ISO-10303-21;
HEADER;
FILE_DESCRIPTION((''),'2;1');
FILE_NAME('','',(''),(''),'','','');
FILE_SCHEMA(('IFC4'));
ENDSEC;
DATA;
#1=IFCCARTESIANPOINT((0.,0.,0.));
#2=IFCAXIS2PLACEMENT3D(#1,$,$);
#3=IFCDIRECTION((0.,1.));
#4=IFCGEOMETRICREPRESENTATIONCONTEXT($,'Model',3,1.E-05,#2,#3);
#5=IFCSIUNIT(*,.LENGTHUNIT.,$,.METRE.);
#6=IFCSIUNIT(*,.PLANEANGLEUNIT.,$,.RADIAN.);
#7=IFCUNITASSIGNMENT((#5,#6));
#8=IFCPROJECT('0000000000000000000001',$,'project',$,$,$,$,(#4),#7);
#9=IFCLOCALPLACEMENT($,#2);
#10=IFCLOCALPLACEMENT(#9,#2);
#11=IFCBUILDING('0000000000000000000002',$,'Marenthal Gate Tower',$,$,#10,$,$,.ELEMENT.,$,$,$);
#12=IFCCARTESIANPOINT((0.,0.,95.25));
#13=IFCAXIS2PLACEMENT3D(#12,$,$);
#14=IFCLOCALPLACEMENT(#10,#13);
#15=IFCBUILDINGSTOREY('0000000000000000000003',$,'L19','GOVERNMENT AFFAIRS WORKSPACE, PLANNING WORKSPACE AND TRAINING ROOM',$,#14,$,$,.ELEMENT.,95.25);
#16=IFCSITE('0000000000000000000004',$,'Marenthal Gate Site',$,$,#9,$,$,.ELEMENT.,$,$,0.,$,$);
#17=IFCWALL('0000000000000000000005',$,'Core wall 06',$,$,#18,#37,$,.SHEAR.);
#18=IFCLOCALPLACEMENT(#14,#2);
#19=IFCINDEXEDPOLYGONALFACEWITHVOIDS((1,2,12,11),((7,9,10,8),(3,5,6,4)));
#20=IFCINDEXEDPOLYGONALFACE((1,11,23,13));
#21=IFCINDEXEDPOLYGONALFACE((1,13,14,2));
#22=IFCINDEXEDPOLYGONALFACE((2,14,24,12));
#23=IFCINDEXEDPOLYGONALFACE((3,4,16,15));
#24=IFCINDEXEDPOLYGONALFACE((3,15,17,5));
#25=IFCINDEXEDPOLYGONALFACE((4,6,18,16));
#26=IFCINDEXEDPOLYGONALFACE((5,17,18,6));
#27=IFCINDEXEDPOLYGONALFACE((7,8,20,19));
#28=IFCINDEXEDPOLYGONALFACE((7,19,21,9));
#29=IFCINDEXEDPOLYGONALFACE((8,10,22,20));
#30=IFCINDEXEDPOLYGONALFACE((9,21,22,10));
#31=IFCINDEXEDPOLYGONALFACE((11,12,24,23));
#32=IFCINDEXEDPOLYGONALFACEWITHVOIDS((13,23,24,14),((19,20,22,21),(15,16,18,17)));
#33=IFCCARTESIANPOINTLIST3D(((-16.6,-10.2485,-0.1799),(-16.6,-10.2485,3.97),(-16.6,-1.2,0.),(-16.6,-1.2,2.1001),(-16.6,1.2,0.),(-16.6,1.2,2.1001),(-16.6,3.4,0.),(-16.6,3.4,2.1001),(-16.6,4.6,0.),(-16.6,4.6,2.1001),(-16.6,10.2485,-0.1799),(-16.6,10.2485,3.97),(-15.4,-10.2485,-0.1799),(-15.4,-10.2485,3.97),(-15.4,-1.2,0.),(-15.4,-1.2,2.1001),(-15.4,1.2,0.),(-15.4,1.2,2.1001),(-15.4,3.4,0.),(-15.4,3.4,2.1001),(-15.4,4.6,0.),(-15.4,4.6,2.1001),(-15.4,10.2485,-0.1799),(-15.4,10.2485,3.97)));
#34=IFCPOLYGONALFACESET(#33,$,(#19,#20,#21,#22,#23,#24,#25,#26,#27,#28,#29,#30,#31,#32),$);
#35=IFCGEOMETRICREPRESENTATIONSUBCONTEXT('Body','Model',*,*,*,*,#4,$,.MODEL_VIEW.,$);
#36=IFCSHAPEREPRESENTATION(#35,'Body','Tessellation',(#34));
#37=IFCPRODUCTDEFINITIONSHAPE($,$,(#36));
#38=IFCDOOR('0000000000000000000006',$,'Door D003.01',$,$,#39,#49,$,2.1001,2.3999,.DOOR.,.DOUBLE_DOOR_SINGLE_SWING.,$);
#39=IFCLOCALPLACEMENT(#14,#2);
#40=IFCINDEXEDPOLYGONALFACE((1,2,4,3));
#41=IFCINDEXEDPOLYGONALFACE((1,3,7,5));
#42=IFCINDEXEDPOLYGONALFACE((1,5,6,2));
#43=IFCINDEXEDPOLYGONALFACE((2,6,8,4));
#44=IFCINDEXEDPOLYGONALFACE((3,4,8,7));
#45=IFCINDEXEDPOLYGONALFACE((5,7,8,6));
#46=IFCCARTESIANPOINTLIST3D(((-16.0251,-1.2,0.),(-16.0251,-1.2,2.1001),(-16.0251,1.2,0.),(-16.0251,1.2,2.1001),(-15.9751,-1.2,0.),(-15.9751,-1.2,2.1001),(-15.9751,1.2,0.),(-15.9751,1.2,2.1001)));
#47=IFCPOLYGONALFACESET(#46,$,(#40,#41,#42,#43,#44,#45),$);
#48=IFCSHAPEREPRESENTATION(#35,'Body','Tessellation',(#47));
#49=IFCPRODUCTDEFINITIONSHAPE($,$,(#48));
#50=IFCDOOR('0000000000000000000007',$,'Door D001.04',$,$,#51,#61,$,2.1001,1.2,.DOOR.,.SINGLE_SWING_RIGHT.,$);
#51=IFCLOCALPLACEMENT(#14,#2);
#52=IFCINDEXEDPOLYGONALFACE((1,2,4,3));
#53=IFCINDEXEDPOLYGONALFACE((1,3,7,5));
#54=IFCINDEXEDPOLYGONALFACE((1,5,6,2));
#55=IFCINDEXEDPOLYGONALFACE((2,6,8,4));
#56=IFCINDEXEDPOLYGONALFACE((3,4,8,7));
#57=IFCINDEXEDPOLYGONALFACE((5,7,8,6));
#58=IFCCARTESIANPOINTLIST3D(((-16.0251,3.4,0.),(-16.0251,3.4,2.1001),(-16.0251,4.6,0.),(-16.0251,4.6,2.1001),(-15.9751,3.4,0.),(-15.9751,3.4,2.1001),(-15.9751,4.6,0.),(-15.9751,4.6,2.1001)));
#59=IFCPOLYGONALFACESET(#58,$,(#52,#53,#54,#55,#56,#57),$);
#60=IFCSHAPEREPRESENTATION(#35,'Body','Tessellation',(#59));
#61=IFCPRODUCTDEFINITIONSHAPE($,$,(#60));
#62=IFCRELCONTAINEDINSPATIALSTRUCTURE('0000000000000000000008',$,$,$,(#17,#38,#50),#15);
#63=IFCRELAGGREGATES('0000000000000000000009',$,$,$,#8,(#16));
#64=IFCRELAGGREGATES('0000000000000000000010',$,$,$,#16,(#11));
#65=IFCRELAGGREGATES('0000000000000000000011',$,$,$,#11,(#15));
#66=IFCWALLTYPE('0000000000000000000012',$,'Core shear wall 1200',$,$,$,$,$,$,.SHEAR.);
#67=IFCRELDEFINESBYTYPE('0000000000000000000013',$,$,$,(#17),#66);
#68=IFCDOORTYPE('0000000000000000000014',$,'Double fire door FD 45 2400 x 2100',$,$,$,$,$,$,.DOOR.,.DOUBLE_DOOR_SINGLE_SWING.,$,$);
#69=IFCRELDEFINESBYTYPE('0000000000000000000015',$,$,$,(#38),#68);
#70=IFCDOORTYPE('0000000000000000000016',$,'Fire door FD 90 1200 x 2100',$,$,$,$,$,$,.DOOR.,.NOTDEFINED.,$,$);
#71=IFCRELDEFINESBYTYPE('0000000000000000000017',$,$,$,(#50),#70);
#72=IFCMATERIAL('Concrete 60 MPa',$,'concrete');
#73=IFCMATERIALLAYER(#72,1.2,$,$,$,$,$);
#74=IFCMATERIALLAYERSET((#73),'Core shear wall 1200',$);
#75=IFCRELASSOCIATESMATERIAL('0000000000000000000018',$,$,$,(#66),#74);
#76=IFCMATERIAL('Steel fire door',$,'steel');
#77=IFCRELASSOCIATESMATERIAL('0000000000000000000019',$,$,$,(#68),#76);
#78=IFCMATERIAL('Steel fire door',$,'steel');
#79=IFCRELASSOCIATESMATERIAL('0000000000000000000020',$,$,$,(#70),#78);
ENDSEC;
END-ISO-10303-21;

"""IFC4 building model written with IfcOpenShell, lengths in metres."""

from ifc_helpers import new_model, si_unit, direction, frame, frame_2d, origin, place, context, subcontext, project, spatial, rectangle, extrude, material, layer, layer_set, type_object, element, fill, save


model = new_model("IFC4")

# Units and contexts
model_context = context("Model", 3, precision=1e-05, world=origin(), true_north=direction((0.0, 1.0)))
body_context = subcontext(model_context, "Body", "Model", "MODEL_VIEW")
ifc_project = project(units=[si_unit("LENGTHUNIT", "METRE"), si_unit("PLANEANGLEUNIT", "RADIAN")], contexts=[model_context])

# Site, building, storey
site_placement = place(None, origin())
site = spatial("IfcSite", under=ifc_project, at=site_placement, Name="Marenthal Gate Site", CompositionType="ELEMENT", RefElevation=0.0)
building_placement = place(site_placement, origin())
building = spatial("IfcBuilding", under=site, at=building_placement, Name="Marenthal Gate Tower", CompositionType="ELEMENT")
storey_placement = place(building_placement, frame((0.0, 0.0, 95.25)))
storey = spatial("IfcBuildingStorey", under=building, at=storey_placement, Name="L19", Description="GOVERNMENT AFFAIRS WORKSPACE, PLANNING WORKSPACE AND TRAINING ROOM", CompositionType="ELEMENT", Elevation=95.25)

# Wall, openings, doors
ifc_material_1 = material(Name="Concrete 60 MPa", Category="concrete")
ifc_layer_1 = layer(ifc_material_1, 1.2)
ifc_layer_set_1 = layer_set([ifc_layer_1], Name="Core shear wall 1200")
wall_type_1 = type_object("IfcWallType", Name="Core shear wall 1200", PredefinedType="SHEAR", material=ifc_layer_set_1)
wall_1_placement = place(storey_placement, frame((-16.0, 10.2485, -0.1799), z_axis=(0.0, 0.0, 1.0), x_axis=(0.0, -1.0, 0.0)))
wall_1 = element("IfcWall", 1, at=wall_1_placement, inside=storey, type_object=wall_type_1, Name="Core wall 06", PredefinedType="SHEAR", context=body_context, shape_type="SweptSolid", body=[
    extrude(rectangle(XDim=20.4971, YDim=1.2, at=frame_2d((10.2485, 0.0))), origin(), (0.0, 0.0, 1.0), 4.1499),
])
opening_1_placement = place(wall_1_placement, frame((9.0486, 0.0, 0.1799)))
opening_1 = element("IfcOpeningElement", 2, at=opening_1_placement, cuts=wall_1, PredefinedType="OPENING", context=body_context, shape_type="SweptSolid", body=[
    extrude(rectangle(XDim=2.3999, YDim=2.1001, at=frame_2d((1.2, 1.05))), frame((0.0, 0.6099, 0.0), z_axis=(0.0, -1.0, 0.0), x_axis=(1.0, 0.0, 0.0)), (0.0, 0.0, 1.0), 1.22),
])
opening_2_placement = place(wall_1_placement, frame((5.6484, 0.0, 0.1799)))
opening_2 = element("IfcOpeningElement", 3, at=opening_2_placement, cuts=wall_1, PredefinedType="OPENING", context=body_context, shape_type="SweptSolid", body=[
    extrude(rectangle(XDim=1.2, YDim=2.1001, at=frame_2d((0.6001, 1.05))), frame((0.0, 0.6099, 0.0), z_axis=(0.0, -1.0, 0.0), x_axis=(1.0, 0.0, 0.0)), (0.0, 0.0, 1.0), 1.22),
])
ifc_material_2 = material(Name="Steel fire door", Category="steel")
door_type_1 = type_object("IfcDoorType", Name="Double fire door FD 45 2400 x 2100", OperationType="DOUBLE_DOOR_SINGLE_SWING", PredefinedType="DOOR", material=ifc_material_2)
door_1_placement = place(opening_1_placement, origin())
door_1 = element("IfcDoor", 4, at=door_1_placement, inside=storey, type_object=door_type_1, Name="Door D003.01", OperationType="DOUBLE_DOOR_SINGLE_SWING", OverallHeight=2.1001, OverallWidth=2.3999, PredefinedType="DOOR", context=body_context, shape_type="SweptSolid", body=[
    extrude(rectangle(XDim=2.3999, YDim=2.1001, at=frame_2d((1.2, 1.05))), frame((0.0, 0.0249, 0.0), z_axis=(0.0, -1.0, 0.0), x_axis=(1.0, 0.0, 0.0)), (0.0, 0.0, 1.0), 0.05),
])
fill(opening_1, door_1)
ifc_material_3 = material(Name="Steel fire door", Category="steel")
door_type_2 = type_object("IfcDoorType", Name="Fire door FD 90 1200 x 2100", OperationType="NOTDEFINED", PredefinedType="DOOR", material=ifc_material_3)
door_2_placement = place(opening_2_placement, origin())
door_2 = element("IfcDoor", 5, at=door_2_placement, inside=storey, type_object=door_type_2, Name="Door D001.04", OperationType="SINGLE_SWING_RIGHT", OverallHeight=2.1001, OverallWidth=1.2, PredefinedType="DOOR", context=body_context, shape_type="SweptSolid", body=[
    extrude(rectangle(XDim=1.2, YDim=2.1001, at=frame_2d((0.6001, 1.05))), frame((0.0, 0.0249, 0.0), z_axis=(0.0, -1.0, 0.0), x_axis=(1.0, 0.0, 0.0)), (0.0, 0.0, 1.0), 0.05),
])
fill(opening_2, door_2)

save(model, "model.ifc")
